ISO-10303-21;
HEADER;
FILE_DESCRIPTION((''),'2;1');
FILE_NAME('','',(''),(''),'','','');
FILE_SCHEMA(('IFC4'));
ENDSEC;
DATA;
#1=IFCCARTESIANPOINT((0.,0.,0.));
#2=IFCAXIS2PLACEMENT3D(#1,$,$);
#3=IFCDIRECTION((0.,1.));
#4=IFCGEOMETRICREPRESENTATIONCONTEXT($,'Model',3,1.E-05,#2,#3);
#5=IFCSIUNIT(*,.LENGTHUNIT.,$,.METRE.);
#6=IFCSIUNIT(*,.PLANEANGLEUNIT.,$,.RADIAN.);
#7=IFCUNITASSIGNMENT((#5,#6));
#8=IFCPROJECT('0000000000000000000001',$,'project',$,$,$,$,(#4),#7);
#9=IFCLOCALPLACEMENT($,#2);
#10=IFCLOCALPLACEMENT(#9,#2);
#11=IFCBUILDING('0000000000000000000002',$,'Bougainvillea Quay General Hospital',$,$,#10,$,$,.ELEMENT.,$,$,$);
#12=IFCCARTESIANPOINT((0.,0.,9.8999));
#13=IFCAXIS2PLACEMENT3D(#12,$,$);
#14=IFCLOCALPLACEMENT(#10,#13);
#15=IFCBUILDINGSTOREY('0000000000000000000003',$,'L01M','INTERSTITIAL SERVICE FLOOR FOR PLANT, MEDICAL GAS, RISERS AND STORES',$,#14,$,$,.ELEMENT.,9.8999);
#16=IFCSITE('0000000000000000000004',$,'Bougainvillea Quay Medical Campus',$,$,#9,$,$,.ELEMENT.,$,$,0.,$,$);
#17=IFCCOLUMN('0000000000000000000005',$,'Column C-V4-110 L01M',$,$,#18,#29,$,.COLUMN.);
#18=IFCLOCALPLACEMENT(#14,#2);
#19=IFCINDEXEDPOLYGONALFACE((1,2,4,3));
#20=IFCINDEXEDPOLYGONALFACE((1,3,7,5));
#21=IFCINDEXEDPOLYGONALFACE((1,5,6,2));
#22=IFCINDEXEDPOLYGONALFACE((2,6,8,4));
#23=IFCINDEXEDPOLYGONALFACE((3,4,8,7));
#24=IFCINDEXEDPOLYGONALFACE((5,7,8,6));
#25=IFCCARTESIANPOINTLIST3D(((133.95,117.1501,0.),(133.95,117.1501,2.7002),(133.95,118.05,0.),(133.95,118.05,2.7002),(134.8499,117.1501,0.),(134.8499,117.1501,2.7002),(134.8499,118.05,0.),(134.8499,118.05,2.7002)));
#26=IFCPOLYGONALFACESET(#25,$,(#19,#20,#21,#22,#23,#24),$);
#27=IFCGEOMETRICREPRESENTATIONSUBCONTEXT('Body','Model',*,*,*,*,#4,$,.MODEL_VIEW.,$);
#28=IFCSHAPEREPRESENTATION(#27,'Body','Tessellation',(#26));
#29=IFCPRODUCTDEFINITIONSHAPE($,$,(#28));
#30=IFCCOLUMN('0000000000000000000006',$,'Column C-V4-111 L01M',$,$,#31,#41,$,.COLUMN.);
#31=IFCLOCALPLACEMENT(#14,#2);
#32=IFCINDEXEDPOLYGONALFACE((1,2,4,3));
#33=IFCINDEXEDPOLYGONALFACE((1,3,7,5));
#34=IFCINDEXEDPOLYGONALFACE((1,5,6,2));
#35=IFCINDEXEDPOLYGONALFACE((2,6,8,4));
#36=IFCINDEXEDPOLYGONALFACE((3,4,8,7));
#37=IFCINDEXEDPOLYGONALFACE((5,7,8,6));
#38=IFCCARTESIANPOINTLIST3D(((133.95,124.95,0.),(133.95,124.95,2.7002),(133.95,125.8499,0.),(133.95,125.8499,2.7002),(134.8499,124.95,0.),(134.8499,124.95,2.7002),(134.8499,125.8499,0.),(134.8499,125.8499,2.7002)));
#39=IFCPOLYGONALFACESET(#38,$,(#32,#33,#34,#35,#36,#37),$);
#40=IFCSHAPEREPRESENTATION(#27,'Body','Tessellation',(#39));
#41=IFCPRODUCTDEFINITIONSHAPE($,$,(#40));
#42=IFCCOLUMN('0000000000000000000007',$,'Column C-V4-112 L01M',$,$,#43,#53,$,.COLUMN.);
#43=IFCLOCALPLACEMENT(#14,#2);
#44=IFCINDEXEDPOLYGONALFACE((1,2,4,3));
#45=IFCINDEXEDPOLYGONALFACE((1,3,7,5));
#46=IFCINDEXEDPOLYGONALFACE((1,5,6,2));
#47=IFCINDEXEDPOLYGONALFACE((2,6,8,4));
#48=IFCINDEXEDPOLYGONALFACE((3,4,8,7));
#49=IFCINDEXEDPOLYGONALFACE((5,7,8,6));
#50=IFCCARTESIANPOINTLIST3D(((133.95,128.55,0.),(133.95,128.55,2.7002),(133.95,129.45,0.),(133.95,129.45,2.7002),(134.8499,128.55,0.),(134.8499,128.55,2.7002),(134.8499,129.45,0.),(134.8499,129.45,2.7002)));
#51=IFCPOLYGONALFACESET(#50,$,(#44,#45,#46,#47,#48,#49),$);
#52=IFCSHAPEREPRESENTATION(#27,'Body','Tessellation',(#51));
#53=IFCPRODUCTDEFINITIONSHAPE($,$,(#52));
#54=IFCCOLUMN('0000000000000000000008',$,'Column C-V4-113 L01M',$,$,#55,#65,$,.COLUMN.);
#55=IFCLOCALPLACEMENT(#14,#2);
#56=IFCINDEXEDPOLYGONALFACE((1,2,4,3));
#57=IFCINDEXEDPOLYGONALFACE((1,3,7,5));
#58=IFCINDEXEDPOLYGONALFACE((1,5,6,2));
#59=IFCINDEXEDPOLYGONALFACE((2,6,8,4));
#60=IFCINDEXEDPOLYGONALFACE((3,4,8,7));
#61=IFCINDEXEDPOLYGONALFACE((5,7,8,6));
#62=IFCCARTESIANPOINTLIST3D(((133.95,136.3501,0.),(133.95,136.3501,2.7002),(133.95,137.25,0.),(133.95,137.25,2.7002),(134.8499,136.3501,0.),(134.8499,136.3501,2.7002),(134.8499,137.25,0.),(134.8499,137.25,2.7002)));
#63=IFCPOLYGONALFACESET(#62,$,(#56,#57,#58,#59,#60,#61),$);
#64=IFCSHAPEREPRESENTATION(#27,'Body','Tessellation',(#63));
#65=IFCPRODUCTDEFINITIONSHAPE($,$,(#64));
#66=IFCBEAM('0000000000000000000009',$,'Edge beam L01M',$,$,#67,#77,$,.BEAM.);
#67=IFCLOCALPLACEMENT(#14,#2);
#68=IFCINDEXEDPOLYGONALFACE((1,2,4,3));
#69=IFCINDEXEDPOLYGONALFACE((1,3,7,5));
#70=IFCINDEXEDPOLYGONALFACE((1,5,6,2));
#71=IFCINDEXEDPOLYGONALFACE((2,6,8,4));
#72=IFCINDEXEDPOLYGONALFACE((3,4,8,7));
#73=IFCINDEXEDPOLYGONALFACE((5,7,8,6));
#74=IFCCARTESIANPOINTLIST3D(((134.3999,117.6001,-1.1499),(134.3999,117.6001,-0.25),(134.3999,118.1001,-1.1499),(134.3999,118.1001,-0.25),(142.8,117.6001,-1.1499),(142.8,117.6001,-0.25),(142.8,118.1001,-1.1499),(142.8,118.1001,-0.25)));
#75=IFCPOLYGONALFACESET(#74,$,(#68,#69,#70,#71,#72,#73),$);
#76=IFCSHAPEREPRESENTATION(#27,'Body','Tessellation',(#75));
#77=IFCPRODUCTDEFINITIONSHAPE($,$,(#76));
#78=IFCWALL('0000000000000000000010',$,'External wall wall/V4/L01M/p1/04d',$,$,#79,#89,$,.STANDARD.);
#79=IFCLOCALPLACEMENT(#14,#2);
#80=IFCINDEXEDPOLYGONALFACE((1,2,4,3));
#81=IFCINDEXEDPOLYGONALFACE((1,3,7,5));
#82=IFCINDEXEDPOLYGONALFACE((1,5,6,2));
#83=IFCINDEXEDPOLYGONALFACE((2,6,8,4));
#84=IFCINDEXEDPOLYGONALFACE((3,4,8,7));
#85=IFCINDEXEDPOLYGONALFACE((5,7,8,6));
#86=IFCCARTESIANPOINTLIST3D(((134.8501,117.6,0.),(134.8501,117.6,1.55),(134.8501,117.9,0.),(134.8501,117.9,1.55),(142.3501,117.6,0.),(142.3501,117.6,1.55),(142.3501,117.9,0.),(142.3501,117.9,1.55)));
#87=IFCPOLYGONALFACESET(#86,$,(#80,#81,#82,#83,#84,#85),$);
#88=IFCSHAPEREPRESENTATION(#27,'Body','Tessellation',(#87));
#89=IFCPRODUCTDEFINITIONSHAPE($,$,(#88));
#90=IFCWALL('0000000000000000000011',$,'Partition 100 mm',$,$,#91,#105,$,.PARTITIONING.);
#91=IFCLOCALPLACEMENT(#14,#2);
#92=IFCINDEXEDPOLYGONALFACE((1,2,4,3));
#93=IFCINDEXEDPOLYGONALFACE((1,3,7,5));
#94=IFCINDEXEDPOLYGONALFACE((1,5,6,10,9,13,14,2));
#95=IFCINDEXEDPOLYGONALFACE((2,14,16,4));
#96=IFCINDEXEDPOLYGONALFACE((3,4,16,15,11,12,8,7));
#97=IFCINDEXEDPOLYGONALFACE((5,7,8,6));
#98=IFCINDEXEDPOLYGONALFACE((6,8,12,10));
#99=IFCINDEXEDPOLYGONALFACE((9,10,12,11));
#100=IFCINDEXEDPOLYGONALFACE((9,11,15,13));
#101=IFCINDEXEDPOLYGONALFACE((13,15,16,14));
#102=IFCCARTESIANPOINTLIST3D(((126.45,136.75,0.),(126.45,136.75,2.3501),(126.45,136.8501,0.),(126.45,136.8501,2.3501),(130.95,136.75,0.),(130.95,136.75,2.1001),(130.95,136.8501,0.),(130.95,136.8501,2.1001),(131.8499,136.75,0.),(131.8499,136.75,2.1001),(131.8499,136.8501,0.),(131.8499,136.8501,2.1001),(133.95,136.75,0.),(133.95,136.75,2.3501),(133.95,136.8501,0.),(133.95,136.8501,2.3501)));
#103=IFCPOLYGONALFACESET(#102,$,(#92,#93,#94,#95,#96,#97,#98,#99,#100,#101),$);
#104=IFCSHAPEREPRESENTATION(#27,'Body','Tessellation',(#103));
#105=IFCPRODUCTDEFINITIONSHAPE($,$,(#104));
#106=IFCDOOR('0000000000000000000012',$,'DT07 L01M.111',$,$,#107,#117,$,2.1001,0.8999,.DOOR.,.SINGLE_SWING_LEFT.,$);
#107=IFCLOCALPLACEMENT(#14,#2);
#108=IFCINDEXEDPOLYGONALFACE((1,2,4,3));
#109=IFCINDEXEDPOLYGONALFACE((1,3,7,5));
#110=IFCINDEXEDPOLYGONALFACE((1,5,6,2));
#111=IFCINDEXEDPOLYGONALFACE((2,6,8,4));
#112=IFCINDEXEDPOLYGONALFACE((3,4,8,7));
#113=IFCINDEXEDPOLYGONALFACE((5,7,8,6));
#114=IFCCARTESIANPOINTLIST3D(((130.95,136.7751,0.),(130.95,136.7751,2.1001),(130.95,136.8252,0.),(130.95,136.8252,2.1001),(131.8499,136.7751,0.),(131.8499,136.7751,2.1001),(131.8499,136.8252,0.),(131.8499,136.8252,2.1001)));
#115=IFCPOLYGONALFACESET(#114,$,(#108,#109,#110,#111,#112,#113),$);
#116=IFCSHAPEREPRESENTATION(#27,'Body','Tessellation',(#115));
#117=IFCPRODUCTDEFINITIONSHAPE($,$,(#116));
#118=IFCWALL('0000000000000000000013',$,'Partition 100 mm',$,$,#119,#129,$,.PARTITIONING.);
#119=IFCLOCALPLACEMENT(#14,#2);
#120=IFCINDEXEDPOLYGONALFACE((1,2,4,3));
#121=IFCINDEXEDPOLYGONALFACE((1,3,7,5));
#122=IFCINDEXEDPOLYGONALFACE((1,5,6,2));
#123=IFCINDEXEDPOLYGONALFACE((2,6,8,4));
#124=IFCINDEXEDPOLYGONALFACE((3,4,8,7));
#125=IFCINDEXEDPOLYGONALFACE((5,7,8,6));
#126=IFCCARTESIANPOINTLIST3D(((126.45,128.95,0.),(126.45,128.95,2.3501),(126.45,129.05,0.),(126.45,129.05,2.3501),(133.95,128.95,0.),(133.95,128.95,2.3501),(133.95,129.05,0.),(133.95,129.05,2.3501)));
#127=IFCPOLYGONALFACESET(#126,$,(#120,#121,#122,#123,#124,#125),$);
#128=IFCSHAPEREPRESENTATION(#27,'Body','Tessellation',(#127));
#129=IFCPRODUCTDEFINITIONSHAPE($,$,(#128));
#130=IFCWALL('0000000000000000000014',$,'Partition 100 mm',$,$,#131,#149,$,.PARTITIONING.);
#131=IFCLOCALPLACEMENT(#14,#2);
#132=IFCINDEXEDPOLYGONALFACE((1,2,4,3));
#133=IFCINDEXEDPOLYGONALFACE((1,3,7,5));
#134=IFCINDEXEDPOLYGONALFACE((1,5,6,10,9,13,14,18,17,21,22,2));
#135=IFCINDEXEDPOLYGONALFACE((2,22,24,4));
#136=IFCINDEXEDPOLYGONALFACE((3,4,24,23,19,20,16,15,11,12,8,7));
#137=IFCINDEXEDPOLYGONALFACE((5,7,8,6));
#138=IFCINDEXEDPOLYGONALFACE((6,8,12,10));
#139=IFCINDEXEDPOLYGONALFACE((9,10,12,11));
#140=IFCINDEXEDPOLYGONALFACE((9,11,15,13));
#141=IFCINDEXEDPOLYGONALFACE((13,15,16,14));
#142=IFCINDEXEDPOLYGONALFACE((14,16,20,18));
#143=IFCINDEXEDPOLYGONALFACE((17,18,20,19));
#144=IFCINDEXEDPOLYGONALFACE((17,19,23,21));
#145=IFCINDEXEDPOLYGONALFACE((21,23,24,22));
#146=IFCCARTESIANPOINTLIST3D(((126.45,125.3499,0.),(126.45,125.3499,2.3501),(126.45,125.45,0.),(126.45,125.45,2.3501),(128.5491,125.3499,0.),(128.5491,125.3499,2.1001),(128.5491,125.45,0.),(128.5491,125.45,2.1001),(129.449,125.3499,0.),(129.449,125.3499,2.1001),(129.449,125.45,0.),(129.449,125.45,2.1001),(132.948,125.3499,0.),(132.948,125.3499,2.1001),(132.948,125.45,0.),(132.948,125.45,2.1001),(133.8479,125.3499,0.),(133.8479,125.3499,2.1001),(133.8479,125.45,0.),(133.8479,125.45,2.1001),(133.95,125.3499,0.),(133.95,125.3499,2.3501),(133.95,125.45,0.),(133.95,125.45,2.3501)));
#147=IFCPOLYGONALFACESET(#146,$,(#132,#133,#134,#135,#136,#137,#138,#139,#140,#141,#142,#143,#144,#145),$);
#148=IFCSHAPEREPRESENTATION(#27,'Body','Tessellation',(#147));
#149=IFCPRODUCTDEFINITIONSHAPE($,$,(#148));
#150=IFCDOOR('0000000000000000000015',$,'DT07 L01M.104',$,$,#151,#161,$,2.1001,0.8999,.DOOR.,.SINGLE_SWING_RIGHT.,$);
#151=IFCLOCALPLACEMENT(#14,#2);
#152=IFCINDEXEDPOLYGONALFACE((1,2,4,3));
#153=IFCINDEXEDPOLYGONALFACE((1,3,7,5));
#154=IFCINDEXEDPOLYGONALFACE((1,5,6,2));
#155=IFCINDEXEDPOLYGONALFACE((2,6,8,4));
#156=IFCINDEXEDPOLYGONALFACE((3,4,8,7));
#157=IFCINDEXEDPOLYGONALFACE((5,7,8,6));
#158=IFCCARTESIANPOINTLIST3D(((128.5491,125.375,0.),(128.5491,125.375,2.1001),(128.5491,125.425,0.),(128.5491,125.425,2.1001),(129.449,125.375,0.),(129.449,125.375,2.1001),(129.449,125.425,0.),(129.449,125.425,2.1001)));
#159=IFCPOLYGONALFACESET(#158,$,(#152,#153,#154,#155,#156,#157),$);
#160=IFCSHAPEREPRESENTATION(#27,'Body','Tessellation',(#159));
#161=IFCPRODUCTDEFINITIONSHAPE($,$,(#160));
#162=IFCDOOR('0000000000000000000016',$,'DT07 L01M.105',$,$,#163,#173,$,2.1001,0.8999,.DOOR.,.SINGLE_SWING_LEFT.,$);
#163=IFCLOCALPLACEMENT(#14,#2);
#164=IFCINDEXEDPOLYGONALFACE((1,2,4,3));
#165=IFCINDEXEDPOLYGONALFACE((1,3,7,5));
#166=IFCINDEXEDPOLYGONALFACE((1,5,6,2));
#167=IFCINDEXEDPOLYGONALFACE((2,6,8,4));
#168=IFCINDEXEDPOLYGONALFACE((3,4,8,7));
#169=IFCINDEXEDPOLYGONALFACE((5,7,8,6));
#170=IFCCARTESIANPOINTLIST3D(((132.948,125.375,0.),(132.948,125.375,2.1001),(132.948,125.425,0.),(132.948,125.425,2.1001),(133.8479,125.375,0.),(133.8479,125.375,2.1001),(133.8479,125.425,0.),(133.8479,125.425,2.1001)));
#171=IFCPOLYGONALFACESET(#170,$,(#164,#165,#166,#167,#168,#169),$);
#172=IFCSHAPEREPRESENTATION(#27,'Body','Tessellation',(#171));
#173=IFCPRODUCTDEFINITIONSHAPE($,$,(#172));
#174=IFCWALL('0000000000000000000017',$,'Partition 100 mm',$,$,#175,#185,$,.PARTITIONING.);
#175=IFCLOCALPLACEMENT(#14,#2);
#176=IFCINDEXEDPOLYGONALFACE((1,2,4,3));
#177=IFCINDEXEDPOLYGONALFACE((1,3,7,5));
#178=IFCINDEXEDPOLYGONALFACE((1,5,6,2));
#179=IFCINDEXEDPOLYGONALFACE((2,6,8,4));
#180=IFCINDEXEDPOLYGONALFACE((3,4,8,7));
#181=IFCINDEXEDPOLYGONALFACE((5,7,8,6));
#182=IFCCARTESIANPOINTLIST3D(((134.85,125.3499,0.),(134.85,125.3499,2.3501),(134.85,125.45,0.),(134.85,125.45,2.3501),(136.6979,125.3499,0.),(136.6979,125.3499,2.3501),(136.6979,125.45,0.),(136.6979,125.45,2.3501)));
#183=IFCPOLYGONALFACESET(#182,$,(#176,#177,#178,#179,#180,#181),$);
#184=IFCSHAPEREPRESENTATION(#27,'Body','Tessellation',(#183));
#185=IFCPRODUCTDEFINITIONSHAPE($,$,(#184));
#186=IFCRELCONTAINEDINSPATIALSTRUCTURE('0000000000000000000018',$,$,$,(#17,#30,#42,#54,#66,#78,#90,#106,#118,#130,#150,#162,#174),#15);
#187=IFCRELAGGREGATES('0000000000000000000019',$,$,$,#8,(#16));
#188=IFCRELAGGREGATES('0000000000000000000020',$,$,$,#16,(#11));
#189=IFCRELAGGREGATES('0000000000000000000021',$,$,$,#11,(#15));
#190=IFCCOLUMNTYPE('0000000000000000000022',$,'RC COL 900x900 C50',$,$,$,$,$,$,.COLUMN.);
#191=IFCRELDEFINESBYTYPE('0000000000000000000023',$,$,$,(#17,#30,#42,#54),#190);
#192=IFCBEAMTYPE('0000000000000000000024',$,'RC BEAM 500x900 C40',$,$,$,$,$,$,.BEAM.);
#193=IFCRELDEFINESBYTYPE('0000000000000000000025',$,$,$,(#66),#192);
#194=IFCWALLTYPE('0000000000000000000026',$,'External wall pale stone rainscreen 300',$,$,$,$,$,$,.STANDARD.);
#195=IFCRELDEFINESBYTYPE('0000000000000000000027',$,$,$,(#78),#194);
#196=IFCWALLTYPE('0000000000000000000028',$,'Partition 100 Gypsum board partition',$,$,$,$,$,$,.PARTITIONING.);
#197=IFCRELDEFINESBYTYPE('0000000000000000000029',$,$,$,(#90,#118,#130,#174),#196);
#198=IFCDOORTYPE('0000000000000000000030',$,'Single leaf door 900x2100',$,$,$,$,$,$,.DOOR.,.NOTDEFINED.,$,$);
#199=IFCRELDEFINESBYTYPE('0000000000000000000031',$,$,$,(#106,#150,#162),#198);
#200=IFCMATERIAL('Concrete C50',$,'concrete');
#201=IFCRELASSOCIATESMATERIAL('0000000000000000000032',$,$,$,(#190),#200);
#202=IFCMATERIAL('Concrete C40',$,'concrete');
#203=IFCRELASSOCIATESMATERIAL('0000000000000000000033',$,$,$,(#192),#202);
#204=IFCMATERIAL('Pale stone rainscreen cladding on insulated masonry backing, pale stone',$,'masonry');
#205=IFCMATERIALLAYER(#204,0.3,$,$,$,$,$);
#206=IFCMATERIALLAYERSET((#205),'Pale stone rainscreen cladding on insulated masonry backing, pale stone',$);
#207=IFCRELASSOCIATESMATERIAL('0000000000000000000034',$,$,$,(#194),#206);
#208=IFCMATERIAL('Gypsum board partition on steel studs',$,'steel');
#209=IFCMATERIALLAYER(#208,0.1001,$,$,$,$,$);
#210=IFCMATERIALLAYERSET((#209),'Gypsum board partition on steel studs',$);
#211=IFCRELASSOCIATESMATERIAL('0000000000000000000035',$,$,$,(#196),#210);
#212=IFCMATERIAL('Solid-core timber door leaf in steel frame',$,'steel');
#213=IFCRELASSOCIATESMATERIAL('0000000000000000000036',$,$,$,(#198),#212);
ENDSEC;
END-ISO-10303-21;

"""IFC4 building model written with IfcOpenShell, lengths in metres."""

from ifc_helpers import new_model, si_unit, direction, frame, frame_2d, origin, origin_2d, place, context, subcontext, project, spatial, rectangle, extrude, material, layer, layer_set, material_profile, profile_set, type_object, element, fill, save


model = new_model("IFC4")

# Units and contexts
model_context = context("Model", 3, precision=1e-05, world=origin(), true_north=direction((0.0, 1.0)))
body_context = subcontext(model_context, "Body", "Model", "MODEL_VIEW")
ifc_project = project(units=[si_unit("LENGTHUNIT", "METRE"), si_unit("PLANEANGLEUNIT", "RADIAN")], contexts=[model_context])

# Site, building, storey
site_placement = place(None, origin())
site = spatial("IfcSite", under=ifc_project, at=site_placement, Name="Bougainvillea Quay Medical Campus", CompositionType="ELEMENT", RefElevation=0.0)
building_placement = place(site_placement, origin())
building = spatial("IfcBuilding", under=site, at=building_placement, Name="Bougainvillea Quay General Hospital", CompositionType="ELEMENT")
storey_placement = place(building_placement, frame((0.0, 0.0, 9.8999)))
storey = spatial("IfcBuildingStorey", under=building, at=storey_placement, Name="L01M", Description="INTERSTITIAL SERVICE FLOOR FOR PLANT, MEDICAL GAS, RISERS AND STORES", CompositionType="ELEMENT", Elevation=9.8999)

# Columns
ifc_material_1 = material(Name="Concrete C50", Category="concrete")
ifc_material_profile_1 = material_profile(ifc_material_1, rectangle(XDim=0.8999, YDim=0.8999, at=origin_2d()))
ifc_profile_set_1 = profile_set([ifc_material_profile_1], Name="Concrete C50")
column_type = type_object("IfcColumnType", Name="RC COL 900x900 C50", PredefinedType="COLUMN", material=ifc_profile_set_1)
for number, where, z_axis, x_axis, name in (
    (1, (134.3999, 117.6001, 0.0), (0.0, 0.0, 1.0), (1.0, 0.0, 0.0), "Column C-V4-110 L01M"),
    (2, (134.3999, 125.3999, 0.0), (0.0, 0.0, 1.0), (1.0, 0.0, 0.0), "Column C-V4-111 L01M"),
    (3, (134.3999, 129.0, 0.0), (0.0, 0.0, 1.0), (1.0, 0.0, 0.0), "Column C-V4-112 L01M"),
    (4, (134.3999, 136.8, 0.0), (0.0, 0.0, 1.0), (1.0, 0.0, 0.0), "Column C-V4-113 L01M"),
):
    element("IfcColumn", number, at=place(storey_placement, frame(where, z_axis=z_axis, x_axis=x_axis)), inside=storey, type_object=column_type, Name=name, PredefinedType="COLUMN", context=body_context, shape_type="SweptSolid", body=[
        extrude(rectangle(XDim=0.8999, YDim=0.8999, at=origin_2d()), origin(), (0.0, 0.0, 1.0), 2.7002),
    ])

# Beam
ifc_material_2 = material(Name="Concrete C40", Category="concrete")
ifc_material_profile_2 = material_profile(ifc_material_2, rectangle(XDim=0.5, YDim=0.8999, at=origin_2d()))
ifc_profile_set_2 = profile_set([ifc_material_profile_2], Name="Concrete C40")
beam_type = type_object("IfcBeamType", Name="RC BEAM 500x900 C40", PredefinedType="BEAM", material=ifc_profile_set_2)
beam_placement = place(storey_placement, frame((134.3999, 117.8501, -0.7), z_axis=(1.0, 0.0, 0.0), x_axis=(0.0, 1.0, 0.0)))
element("IfcBeam", 5, at=beam_placement, inside=storey, type_object=beam_type, Name="Edge beam L01M", PredefinedType="BEAM", context=body_context, shape_type="SweptSolid", body=[
    extrude(rectangle(XDim=0.5, YDim=0.8999, at=origin_2d()), origin(), (0.0, 0.0, 1.0), 8.4001),
])

# Wall
ifc_material_3 = material(Name="Pale stone rainscreen cladding on insulated masonry backing, pale stone", Category="masonry")
ifc_layer_1 = layer(ifc_material_3, 0.3)
ifc_layer_set_1 = layer_set([ifc_layer_1], Name="Pale stone rainscreen cladding on insulated masonry backing, pale stone")
wall_type_1 = type_object("IfcWallType", Name="External wall pale stone rainscreen 300", PredefinedType="STANDARD", material=ifc_layer_set_1)
wall_1_placement = place(storey_placement, frame((134.8501, 117.75, 0.0), z_axis=(0.0, 0.0, 1.0), x_axis=(1.0, 0.0, 0.0)))
element("IfcWall", 6, at=wall_1_placement, inside=storey, type_object=wall_type_1, Name="External wall wall/V4/L01M/p1/04d", PredefinedType="STANDARD", context=body_context, shape_type="SweptSolid", body=[
    extrude(rectangle(XDim=7.5, YDim=0.3, at=frame_2d((3.75, 0.0))), origin(), (0.0, 0.0, 1.0), 1.55),
])

# Wall, opening, door
ifc_material_4 = material(Name="Gypsum board partition on steel studs", Category="steel")
ifc_layer_2 = layer(ifc_material_4, 0.1001)
ifc_layer_set_2 = layer_set([ifc_layer_2], Name="Gypsum board partition on steel studs")
wall_type_2 = type_object("IfcWallType", Name="Partition 100 Gypsum board partition", PredefinedType="PARTITIONING", material=ifc_layer_set_2)
wall_2_placement = place(storey_placement, frame((133.95, 136.8, 0.0), z_axis=(0.0, 0.0, 1.0), x_axis=(-1.0, 0.0, 0.0)))
wall_2 = element("IfcWall", 7, at=wall_2_placement, inside=storey, type_object=wall_type_2, Name="Partition 100 mm", PredefinedType="PARTITIONING", context=body_context, shape_type="SweptSolid", body=[
    extrude(rectangle(XDim=7.5, YDim=0.1001, at=frame_2d((3.75, 0.0))), origin(), (0.0, 0.0, 1.0), 2.3501),
])
opening_1_placement = place(wall_2_placement, frame((2.1001, 0.0, 0.0)))
opening_1 = element("IfcOpeningElement", 8, at=opening_1_placement, cuts=wall_2, PredefinedType="OPENING", context=body_context, shape_type="SweptSolid", body=[
    extrude(rectangle(XDim=0.8999, YDim=2.1001, at=frame_2d((0.45, 1.05))), frame((0.0, 0.0601, 0.0), z_axis=(0.0, -1.0, 0.0), x_axis=(1.0, 0.0, 0.0)), (0.0, 0.0, 1.0), 0.1201),
])
ifc_material_5 = material(Name="Solid-core timber door leaf in steel frame", Category="steel")
door_type_1 = type_object("IfcDoorType", Name="Single leaf door 900x2100", OperationType="NOTDEFINED", PredefinedType="DOOR", material=ifc_material_5)
door_1_placement = place(opening_1_placement, origin())
door_1 = element("IfcDoor", 9, at=door_1_placement, inside=storey, type_object=door_type_1, Name="DT07 L01M.111", OperationType="SINGLE_SWING_LEFT", OverallHeight=2.1001, OverallWidth=0.8999, PredefinedType="DOOR", context=body_context, shape_type="SweptSolid", body=[
    extrude(rectangle(XDim=0.8999, YDim=2.1001, at=frame_2d((0.45, 1.05))), frame((0.0, 0.0249, 0.0), z_axis=(0.0, -1.0, 0.0), x_axis=(1.0, 0.0, 0.0)), (0.0, 0.0, 1.0), 0.05),
])
fill(opening_1, door_1)

# Wall
wall_3_placement = place(storey_placement, frame((126.45, 129.0, 0.0), z_axis=(0.0, 0.0, 1.0), x_axis=(1.0, 0.0, 0.0)))
element("IfcWall", 10, at=wall_3_placement, inside=storey, type_object=wall_type_2, Name="Partition 100 mm", PredefinedType="PARTITIONING", context=body_context, shape_type="SweptSolid", body=[
    extrude(rectangle(XDim=7.5, YDim=0.1001, at=frame_2d((3.75, 0.0))), origin(), (0.0, 0.0, 1.0), 2.3501),
])

# Wall, openings, doors
wall_4_placement = place(storey_placement, frame((126.45, 125.3999, 0.0), z_axis=(0.0, 0.0, 1.0), x_axis=(1.0, 0.0, 0.0)))
wall_4 = element("IfcWall", 11, at=wall_4_placement, inside=storey, type_object=wall_type_2, Name="Partition 100 mm", PredefinedType="PARTITIONING", context=body_context, shape_type="SweptSolid", body=[
    extrude(rectangle(XDim=7.5, YDim=0.1001, at=frame_2d((3.75, 0.0))), origin(), (0.0, 0.0, 1.0), 2.3501),
])
opening_2_placement = place(wall_4_placement, frame((2.0991, 0.0, 0.0)))
opening_2 = element("IfcOpeningElement", 12, at=opening_2_placement, cuts=wall_4, PredefinedType="OPENING", context=body_context, shape_type="SweptSolid", body=[
    extrude(rectangle(XDim=0.8999, YDim=2.1001, at=frame_2d((0.45, 1.05))), frame((0.0, 0.0601, 0.0), z_axis=(0.0, -1.0, 0.0), x_axis=(1.0, 0.0, 0.0)), (0.0, 0.0, 1.0), 0.1201),
])
opening_3_placement = place(wall_4_placement, frame((6.498, 0.0, 0.0)))
opening_3 = element("IfcOpeningElement", 13, at=opening_3_placement, cuts=wall_4, PredefinedType="OPENING", context=body_context, shape_type="SweptSolid", body=[
    extrude(rectangle(XDim=0.8999, YDim=2.1001, at=frame_2d((0.45, 1.05))), frame((0.0, 0.0601, 0.0), z_axis=(0.0, -1.0, 0.0), x_axis=(1.0, 0.0, 0.0)), (0.0, 0.0, 1.0), 0.1201),
])
door_2_placement = place(opening_2_placement, frame((0.8999, 0.0, 0.0), z_axis=(0.0, 0.0, 1.0), x_axis=(-1.0, 0.0, 0.0)))
door_2 = element("IfcDoor", 14, at=door_2_placement, inside=storey, type_object=door_type_1, Name="DT07 L01M.104", OperationType="SINGLE_SWING_RIGHT", OverallHeight=2.1001, OverallWidth=0.8999, PredefinedType="DOOR", context=body_context, shape_type="SweptSolid", body=[
    extrude(rectangle(XDim=0.8999, YDim=2.1001, at=frame_2d((0.45, 1.05))), frame((0.0, 0.0249, 0.0), z_axis=(0.0, -1.0, 0.0), x_axis=(1.0, 0.0, 0.0)), (0.0, 0.0, 1.0), 0.05),
])
fill(opening_2, door_2)
door_3_placement = place(opening_3_placement, frame((0.8999, 0.0, 0.0), z_axis=(0.0, 0.0, 1.0), x_axis=(-1.0, 0.0, 0.0)))
door_3 = element("IfcDoor", 15, at=door_3_placement, inside=storey, type_object=door_type_1, Name="DT07 L01M.105", OperationType="SINGLE_SWING_LEFT", OverallHeight=2.1001, OverallWidth=0.8999, PredefinedType="DOOR", context=body_context, shape_type="SweptSolid", body=[
    extrude(rectangle(XDim=0.8999, YDim=2.1001, at=frame_2d((0.45, 1.05))), frame((0.0, 0.0249, 0.0), z_axis=(0.0, -1.0, 0.0), x_axis=(1.0, 0.0, 0.0)), (0.0, 0.0, 1.0), 0.05),
])
fill(opening_3, door_3)

# Wall
wall_5_placement = place(storey_placement, frame((134.8501, 125.3999, 0.0), z_axis=(0.0, 0.0, 1.0), x_axis=(1.0, 0.0, 0.0)))
element("IfcWall", 16, at=wall_5_placement, inside=storey, type_object=wall_type_2, Name="Partition 100 mm", PredefinedType="PARTITIONING", context=body_context, shape_type="SweptSolid", body=[
    extrude(rectangle(XDim=1.8479, YDim=0.1001, at=frame_2d((0.9238, 0.0))), origin(), (0.0, 0.0, 1.0), 2.3501),
])

save(model, "model.ifc")
